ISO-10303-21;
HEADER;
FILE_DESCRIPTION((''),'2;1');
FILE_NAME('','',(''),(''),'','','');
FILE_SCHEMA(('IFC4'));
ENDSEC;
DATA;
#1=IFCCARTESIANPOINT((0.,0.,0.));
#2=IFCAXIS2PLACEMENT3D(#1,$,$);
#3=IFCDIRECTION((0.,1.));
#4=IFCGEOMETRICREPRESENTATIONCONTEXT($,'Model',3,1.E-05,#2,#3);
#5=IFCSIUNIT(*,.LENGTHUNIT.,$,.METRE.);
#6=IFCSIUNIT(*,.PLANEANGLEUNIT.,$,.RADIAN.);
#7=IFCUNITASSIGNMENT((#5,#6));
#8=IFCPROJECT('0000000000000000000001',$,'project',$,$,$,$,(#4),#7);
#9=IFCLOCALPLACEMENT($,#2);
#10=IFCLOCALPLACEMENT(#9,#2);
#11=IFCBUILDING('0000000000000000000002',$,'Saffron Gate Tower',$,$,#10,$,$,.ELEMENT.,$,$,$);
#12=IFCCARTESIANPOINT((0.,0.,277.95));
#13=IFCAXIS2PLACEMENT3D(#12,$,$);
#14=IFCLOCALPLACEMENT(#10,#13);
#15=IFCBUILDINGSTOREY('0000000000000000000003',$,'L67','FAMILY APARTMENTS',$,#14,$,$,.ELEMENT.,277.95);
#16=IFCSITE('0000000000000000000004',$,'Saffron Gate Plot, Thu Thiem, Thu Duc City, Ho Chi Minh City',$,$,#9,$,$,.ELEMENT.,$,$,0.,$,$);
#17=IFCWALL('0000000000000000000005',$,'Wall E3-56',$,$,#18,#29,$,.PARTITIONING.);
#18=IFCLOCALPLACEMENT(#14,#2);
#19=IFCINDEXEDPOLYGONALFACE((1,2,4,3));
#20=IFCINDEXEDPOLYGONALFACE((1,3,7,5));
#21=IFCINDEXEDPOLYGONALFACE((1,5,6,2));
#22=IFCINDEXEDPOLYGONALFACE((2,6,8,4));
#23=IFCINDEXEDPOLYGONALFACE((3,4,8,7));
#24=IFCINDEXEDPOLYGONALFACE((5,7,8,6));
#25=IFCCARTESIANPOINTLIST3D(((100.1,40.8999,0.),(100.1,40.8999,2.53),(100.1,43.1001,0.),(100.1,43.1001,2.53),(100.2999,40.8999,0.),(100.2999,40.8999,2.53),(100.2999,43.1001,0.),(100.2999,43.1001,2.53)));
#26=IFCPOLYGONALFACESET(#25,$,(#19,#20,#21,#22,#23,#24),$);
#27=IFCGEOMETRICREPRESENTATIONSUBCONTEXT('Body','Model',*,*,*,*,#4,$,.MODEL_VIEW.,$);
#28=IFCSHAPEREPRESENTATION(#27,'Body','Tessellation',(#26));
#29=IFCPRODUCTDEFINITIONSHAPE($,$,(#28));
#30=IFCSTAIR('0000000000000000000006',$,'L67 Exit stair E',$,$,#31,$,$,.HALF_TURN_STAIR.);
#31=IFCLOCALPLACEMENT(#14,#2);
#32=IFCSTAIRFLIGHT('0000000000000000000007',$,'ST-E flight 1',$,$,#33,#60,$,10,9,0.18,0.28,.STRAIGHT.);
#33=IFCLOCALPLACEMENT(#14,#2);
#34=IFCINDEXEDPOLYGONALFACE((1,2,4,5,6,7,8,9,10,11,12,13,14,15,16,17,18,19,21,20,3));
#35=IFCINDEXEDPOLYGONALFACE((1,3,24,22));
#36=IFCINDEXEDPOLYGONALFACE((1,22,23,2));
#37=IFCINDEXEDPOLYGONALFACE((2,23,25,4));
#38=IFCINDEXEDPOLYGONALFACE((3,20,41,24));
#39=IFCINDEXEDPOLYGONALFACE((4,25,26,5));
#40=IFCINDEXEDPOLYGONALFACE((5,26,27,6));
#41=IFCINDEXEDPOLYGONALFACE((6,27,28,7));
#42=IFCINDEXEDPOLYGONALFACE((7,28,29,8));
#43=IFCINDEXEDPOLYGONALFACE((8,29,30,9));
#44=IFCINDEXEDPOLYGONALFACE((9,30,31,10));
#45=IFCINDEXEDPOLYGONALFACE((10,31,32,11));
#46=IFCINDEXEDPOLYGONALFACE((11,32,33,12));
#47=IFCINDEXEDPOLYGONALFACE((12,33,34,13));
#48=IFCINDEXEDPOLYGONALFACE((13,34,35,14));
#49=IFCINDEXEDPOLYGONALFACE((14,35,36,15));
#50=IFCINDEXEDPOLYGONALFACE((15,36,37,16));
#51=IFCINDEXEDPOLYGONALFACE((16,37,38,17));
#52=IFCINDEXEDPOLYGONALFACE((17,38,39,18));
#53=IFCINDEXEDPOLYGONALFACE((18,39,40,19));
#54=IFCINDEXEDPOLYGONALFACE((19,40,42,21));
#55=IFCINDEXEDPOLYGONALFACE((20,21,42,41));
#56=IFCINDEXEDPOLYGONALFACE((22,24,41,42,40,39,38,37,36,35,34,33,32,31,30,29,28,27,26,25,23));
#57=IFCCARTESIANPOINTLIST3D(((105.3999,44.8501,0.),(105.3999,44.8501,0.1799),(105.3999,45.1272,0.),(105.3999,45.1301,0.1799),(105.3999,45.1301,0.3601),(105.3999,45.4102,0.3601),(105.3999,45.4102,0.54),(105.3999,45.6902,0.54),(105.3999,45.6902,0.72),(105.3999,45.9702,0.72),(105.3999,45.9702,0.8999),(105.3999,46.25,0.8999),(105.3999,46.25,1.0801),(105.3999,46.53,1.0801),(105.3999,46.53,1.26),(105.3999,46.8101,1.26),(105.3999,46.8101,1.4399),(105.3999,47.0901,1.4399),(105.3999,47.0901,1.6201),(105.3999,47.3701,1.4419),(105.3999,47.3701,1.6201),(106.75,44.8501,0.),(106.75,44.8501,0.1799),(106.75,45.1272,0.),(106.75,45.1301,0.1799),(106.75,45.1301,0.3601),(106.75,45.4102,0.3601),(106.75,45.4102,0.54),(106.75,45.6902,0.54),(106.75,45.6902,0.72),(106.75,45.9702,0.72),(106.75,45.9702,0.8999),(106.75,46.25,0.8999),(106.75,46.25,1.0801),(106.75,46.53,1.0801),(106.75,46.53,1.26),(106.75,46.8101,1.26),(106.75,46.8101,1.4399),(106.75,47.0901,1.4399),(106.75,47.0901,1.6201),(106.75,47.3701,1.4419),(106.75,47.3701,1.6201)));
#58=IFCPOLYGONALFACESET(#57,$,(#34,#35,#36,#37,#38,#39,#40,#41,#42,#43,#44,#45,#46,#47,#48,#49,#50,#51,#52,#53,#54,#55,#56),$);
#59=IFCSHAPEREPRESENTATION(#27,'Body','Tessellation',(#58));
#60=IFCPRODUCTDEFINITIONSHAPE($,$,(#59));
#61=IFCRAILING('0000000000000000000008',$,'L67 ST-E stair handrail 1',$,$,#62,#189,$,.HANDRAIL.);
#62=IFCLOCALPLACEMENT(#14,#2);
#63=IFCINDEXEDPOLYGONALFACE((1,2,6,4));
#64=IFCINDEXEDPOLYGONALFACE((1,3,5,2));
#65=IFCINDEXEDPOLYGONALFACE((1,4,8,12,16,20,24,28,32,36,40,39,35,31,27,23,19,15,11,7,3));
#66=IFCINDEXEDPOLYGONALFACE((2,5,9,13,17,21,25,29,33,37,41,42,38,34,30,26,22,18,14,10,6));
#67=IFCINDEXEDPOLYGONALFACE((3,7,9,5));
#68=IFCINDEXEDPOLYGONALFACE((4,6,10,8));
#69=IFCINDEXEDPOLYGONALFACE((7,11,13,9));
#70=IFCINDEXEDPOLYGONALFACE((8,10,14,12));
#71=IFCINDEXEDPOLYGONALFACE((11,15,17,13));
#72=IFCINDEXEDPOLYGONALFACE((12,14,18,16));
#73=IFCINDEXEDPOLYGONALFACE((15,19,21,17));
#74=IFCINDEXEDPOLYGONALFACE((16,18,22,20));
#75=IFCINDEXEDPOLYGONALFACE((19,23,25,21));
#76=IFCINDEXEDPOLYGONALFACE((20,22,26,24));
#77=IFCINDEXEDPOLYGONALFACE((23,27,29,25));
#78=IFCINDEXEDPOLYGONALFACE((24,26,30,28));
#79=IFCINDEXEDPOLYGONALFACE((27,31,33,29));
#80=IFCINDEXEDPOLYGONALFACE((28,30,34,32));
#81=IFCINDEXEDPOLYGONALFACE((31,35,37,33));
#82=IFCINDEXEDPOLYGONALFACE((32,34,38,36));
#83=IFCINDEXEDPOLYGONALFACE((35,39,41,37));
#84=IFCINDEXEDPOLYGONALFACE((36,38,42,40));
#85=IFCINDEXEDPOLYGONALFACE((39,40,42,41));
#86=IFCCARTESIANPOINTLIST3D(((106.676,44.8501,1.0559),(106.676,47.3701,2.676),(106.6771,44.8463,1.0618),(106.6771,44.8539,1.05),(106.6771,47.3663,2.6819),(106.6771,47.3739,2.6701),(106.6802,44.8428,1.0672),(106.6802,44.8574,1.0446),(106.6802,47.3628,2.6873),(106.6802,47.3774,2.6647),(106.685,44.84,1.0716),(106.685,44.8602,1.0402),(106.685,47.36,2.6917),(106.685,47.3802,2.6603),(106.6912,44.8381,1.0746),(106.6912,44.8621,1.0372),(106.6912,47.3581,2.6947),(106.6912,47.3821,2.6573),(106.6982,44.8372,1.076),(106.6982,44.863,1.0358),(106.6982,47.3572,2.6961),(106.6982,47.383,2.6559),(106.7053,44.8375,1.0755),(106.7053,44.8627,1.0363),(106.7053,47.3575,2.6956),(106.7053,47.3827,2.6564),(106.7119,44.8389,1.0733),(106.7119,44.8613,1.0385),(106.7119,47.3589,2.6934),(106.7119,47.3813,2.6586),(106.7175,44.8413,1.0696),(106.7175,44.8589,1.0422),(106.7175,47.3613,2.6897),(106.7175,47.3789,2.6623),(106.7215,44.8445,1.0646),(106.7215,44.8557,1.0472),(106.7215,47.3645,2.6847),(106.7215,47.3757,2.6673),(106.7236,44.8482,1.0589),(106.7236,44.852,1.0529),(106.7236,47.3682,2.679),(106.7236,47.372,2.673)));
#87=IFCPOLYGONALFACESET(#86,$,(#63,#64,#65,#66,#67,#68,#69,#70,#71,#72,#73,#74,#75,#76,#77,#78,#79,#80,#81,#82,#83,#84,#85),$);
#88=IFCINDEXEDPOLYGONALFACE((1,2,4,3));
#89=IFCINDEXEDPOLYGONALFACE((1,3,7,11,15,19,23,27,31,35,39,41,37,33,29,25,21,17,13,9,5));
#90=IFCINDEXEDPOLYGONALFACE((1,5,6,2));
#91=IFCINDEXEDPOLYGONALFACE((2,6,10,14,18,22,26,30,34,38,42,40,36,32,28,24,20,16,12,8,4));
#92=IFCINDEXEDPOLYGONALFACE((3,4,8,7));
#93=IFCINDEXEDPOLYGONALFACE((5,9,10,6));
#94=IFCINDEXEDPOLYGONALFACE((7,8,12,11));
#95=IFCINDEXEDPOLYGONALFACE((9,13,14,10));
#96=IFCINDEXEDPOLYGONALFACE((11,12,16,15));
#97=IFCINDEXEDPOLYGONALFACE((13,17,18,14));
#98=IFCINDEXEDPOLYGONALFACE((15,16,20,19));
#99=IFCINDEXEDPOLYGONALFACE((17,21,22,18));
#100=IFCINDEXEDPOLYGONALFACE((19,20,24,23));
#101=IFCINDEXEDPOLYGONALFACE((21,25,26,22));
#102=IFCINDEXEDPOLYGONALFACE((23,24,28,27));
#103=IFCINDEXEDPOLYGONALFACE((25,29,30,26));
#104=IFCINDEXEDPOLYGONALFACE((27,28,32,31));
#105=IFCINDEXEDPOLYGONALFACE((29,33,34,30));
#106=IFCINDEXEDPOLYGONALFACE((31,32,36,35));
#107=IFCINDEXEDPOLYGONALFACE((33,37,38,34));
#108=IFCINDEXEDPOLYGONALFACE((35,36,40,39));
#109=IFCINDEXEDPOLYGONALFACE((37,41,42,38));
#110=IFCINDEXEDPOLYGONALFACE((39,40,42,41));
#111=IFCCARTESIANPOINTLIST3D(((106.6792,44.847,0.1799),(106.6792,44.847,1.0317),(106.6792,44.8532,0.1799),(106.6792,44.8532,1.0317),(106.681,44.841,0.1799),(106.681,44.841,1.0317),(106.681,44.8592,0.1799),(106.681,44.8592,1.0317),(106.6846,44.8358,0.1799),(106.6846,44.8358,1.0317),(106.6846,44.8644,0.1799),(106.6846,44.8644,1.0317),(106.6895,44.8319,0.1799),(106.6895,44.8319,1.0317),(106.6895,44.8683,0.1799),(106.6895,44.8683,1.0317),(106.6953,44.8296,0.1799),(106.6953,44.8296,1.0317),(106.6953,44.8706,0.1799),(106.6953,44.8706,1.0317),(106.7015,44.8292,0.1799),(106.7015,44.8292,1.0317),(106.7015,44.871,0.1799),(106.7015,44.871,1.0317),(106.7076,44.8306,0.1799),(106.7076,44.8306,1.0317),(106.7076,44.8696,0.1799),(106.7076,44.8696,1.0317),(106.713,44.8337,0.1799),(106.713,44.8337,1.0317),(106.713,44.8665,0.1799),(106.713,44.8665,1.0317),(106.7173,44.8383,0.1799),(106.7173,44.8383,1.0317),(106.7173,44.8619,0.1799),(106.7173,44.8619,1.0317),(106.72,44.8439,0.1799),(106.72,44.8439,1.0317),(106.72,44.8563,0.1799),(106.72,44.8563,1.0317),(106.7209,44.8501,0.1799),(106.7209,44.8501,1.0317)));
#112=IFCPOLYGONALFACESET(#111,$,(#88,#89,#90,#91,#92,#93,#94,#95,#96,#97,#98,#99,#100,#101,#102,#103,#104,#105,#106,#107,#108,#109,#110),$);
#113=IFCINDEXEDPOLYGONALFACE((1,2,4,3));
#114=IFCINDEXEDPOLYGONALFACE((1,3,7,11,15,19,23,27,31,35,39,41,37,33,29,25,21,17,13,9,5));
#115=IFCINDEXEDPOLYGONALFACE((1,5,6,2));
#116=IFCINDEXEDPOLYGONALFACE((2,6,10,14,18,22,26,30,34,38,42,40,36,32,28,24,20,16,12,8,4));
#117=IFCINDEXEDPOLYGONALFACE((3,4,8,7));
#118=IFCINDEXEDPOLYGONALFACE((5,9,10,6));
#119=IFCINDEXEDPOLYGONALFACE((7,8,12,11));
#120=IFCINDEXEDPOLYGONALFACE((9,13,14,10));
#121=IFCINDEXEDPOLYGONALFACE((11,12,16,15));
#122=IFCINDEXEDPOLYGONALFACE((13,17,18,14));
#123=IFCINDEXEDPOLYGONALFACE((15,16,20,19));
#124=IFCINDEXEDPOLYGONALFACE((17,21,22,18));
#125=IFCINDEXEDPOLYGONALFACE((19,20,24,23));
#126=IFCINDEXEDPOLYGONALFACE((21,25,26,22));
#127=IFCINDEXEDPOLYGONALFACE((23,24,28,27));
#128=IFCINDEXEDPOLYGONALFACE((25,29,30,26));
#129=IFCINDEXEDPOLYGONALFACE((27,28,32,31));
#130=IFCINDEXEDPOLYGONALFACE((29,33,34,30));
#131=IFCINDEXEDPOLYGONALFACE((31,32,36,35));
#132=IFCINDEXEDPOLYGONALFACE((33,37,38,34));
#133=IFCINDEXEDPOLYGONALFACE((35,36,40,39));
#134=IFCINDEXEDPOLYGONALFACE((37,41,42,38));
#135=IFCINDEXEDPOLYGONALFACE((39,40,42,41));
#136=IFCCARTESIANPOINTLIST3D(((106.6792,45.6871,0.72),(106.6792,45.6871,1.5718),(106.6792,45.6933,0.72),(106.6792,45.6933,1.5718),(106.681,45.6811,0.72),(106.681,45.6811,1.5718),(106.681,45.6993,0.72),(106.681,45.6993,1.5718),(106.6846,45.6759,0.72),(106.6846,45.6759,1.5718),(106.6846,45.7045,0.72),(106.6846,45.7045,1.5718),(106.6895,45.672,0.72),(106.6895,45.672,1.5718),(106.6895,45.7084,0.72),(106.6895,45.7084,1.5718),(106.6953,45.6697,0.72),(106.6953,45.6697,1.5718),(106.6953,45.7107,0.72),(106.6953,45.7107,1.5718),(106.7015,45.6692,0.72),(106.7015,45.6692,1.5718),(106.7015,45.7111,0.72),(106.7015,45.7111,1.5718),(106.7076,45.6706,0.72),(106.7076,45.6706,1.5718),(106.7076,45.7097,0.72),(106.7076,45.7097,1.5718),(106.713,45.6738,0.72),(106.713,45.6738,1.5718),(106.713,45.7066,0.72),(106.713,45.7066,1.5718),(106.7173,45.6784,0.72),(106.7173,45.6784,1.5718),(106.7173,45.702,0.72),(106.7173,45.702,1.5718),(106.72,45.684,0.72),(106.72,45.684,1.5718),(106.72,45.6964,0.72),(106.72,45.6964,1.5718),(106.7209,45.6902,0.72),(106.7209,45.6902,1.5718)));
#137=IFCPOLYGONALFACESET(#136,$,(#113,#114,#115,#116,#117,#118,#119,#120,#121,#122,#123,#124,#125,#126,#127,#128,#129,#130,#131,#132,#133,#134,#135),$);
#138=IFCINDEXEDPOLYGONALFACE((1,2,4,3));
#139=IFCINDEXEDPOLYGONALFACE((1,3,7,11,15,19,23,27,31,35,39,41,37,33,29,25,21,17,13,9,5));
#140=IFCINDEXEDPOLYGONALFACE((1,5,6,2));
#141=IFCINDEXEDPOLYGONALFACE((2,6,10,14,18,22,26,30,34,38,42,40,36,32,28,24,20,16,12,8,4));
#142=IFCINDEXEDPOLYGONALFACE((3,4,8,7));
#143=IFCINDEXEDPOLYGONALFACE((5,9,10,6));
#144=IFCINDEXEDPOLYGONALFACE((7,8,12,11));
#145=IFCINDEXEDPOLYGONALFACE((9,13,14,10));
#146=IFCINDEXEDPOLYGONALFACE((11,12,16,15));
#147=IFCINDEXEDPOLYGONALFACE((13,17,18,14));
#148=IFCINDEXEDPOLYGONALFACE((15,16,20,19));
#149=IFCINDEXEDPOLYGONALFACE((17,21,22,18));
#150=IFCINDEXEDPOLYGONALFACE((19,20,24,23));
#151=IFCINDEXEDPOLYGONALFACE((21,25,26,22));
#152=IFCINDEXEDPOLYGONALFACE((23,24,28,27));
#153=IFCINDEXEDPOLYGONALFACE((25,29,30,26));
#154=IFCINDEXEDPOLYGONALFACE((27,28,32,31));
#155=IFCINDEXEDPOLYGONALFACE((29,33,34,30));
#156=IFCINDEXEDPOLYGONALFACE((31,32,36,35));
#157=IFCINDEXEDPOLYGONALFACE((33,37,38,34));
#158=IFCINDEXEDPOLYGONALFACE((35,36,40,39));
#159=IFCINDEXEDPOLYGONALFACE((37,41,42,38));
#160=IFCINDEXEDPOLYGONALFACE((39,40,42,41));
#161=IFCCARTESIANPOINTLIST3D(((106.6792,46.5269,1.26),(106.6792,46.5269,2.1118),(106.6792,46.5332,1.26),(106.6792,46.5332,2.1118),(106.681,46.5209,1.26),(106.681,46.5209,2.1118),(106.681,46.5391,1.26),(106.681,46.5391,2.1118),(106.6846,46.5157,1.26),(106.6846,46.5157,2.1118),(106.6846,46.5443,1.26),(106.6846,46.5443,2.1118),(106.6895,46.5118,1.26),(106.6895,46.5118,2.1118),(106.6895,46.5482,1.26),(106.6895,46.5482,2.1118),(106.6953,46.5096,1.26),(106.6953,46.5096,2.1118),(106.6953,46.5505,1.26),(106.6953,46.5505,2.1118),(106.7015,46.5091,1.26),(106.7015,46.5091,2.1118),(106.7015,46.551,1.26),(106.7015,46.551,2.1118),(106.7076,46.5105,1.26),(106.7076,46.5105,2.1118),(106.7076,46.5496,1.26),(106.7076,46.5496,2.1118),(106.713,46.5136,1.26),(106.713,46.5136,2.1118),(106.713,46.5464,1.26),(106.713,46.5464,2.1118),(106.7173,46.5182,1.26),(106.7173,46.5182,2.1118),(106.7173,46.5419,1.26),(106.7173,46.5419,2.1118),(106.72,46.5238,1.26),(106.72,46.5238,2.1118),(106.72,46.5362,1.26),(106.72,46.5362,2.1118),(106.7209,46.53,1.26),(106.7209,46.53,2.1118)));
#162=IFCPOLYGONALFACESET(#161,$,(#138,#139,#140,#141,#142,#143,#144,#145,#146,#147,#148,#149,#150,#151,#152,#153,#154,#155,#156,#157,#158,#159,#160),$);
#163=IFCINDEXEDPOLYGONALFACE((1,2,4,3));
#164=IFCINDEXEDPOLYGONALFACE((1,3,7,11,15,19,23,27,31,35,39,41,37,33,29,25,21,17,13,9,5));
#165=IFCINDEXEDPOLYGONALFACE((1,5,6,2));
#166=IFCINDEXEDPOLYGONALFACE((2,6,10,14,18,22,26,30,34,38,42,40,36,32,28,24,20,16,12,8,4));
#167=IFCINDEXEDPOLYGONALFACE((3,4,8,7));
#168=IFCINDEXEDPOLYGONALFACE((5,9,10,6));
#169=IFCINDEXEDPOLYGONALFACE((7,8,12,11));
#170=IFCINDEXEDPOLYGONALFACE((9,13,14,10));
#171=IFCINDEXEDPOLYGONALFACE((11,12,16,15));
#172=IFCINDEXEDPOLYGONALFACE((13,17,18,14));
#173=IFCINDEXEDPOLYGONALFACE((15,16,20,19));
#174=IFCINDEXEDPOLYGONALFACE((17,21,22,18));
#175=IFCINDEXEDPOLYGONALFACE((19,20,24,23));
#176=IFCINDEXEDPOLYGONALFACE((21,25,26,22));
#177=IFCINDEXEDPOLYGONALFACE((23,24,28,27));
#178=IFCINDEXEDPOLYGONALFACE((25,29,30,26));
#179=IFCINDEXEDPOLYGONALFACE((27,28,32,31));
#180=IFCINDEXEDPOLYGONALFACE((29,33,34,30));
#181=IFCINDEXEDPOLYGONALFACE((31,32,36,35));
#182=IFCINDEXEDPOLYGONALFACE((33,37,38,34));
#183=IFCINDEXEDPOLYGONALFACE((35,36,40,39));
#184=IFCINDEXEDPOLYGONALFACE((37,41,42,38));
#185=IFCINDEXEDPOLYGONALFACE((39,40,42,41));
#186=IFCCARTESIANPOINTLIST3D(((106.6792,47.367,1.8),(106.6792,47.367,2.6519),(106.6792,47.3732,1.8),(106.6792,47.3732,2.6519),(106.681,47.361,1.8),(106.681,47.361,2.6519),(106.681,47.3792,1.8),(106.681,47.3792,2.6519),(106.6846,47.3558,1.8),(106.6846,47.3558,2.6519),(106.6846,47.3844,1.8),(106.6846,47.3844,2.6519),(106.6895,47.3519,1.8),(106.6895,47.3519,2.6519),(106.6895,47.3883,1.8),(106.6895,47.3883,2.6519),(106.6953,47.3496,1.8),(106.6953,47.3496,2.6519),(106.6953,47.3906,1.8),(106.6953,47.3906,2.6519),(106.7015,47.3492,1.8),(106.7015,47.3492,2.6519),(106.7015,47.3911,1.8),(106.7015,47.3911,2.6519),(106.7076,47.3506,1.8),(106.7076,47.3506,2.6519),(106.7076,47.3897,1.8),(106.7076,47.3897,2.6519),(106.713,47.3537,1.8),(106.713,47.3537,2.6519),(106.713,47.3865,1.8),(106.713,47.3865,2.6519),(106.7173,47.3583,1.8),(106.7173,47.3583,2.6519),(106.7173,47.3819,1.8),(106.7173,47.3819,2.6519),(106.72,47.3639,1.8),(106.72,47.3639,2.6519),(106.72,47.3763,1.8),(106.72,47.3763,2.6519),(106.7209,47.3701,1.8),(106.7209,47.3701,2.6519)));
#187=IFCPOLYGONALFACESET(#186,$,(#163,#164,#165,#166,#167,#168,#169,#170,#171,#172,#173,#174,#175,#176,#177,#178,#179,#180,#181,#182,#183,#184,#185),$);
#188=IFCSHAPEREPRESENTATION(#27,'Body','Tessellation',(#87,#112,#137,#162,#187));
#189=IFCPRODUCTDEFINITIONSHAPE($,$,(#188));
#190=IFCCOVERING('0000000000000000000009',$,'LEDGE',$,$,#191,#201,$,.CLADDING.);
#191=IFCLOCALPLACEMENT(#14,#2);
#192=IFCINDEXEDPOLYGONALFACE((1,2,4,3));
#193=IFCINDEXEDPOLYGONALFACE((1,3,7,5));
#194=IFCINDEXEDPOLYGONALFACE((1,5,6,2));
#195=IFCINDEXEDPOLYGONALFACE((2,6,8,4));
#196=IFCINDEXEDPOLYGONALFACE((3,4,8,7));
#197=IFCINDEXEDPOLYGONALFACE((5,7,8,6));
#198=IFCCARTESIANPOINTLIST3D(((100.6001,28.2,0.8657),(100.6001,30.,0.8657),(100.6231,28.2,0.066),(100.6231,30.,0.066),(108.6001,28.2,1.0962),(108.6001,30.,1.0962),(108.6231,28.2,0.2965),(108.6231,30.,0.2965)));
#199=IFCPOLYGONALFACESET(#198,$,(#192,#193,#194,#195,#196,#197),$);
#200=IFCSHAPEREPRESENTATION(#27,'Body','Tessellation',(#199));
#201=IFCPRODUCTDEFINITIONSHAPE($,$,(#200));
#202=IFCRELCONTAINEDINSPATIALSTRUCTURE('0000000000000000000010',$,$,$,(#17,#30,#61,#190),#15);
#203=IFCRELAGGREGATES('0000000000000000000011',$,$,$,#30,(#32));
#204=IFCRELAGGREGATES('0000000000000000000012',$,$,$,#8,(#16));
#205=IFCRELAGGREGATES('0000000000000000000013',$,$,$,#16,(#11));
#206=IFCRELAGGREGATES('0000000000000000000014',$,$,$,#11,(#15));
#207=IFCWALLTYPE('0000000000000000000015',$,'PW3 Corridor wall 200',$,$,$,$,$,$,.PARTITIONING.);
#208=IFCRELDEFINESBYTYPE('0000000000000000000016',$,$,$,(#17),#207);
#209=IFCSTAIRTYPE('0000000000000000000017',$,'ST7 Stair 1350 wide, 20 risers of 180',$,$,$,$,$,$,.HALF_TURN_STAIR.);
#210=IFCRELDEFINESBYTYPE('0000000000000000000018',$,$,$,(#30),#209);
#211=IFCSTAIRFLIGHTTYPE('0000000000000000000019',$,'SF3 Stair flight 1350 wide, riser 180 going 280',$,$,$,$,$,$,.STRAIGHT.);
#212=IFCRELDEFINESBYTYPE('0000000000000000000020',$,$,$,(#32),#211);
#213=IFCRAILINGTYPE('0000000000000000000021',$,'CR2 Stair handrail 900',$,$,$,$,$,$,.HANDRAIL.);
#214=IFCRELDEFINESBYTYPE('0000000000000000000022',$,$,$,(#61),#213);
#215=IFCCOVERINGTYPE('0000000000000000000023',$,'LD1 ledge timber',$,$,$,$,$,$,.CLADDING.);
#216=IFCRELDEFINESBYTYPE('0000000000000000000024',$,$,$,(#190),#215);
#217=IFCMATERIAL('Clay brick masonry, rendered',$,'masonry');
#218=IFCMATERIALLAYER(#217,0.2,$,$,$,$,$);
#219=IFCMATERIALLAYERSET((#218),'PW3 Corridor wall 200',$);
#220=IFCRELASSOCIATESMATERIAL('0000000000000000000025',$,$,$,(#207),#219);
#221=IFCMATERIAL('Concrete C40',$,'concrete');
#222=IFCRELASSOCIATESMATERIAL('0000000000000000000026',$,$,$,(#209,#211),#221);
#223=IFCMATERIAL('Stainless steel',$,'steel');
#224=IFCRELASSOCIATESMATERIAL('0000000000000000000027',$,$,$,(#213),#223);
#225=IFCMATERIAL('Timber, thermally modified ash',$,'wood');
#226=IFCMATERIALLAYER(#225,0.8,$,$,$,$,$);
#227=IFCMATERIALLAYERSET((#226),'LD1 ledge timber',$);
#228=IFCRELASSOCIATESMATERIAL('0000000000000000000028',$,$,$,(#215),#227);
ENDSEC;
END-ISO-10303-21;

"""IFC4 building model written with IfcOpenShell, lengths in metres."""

from ifc_helpers import new_model, si_unit, direction, frame, frame_2d, origin, origin_2d, place, context, subcontext, project, spatial, polyline, rectangle, circle, outline, extrude, material, layer, layer_set, type_object, element, aggregate, save


model = new_model("IFC4")

# Units and contexts
model_context = context("Model", 3, precision=1e-05, world=origin(), true_north=direction((0.0, 1.0)))
body_context = subcontext(model_context, "Body", "Model", "MODEL_VIEW")
ifc_project = project(units=[si_unit("LENGTHUNIT", "METRE"), si_unit("PLANEANGLEUNIT", "RADIAN")], contexts=[model_context])

# Site, building, storey
site_placement = place(None, origin())
site = spatial("IfcSite", under=ifc_project, at=site_placement, Name="Saffron Gate Plot, Thu Thiem, Thu Duc City, Ho Chi Minh City", CompositionType="ELEMENT", RefElevation=0.0)
building_placement = place(site_placement, origin())
building = spatial("IfcBuilding", under=site, at=building_placement, Name="Saffron Gate Tower", CompositionType="ELEMENT")
storey_placement = place(building_placement, frame((0.0, 0.0, 277.95)))
storey = spatial("IfcBuildingStorey", under=building, at=storey_placement, Name="L67", Description="FAMILY APARTMENTS", CompositionType="ELEMENT", Elevation=277.95)

# Shared definitions
ifc_material_1 = material(Name="Concrete C40", Category="concrete")

# Shared definitions
ifc_material_2 = material(Name="Clay brick masonry, rendered", Category="masonry")

# Shared definitions
ifc_layer_1 = layer(ifc_material_2, 0.2)
ifc_layer_set_1 = layer_set([ifc_layer_1], Name="PW3 Corridor wall 200")
wall_type_1 = type_object("IfcWallType", Name="PW3 Corridor wall 200", PredefinedType="PARTITIONING", material=ifc_layer_set_1)

# Wall
wall_1_placement = place(storey_placement, frame((100.2, 43.1001, 0.0), z_axis=(0.0, 0.0, 1.0), x_axis=(0.0, -1.0, 0.0)))
element("IfcWall", 1, at=wall_1_placement, inside=storey, type_object=wall_type_1, Name="Wall E3-56", PredefinedType="PARTITIONING", context=body_context, shape_type="SweptSolid", body=[
    extrude(rectangle(XDim=2.2002, YDim=0.2, at=frame_2d((1.1001, 0.0))), origin(), (0.0, 0.0, 1.0), 2.53),
])

# Stair, stair flight
stair_type = type_object("IfcStairType", Name="ST7 Stair 1350 wide, 20 risers of 180", PredefinedType="HALF_TURN_STAIR", material=ifc_material_1)
stair_placement = place(storey_placement, origin())
stair = element("IfcStair", 2, at=stair_placement, inside=storey, type_object=stair_type, Name="L67 Exit stair E", PredefinedType="HALF_TURN_STAIR")
stair_flight_type = type_object("IfcStairFlightType", Name="SF3 Stair flight 1350 wide, riser 180 going 280", PredefinedType="STRAIGHT", material=ifc_material_1)
stair_flight_placement = place(storey_placement, frame((106.075, 44.8501, 0.0), z_axis=(0.0, 0.0, 1.0), x_axis=(0.0, 1.0, 0.0)))
stair_flight = element("IfcStairFlight", 3, at=stair_flight_placement, type_object=stair_flight_type, Name="ST-E flight 1", NumberOfRisers=10, NumberOfTreads=9, PredefinedType="STRAIGHT", RiserHeight=0.18, TreadLength=0.28, context=body_context, shape_type="SweptSolid", body=[
    extrude(outline(polyline([(0.0, 0.0), (0.0, 0.1799), (0.28, 0.1799), (0.28, 0.3601), (0.5601, 0.3601), (0.5601, 0.54), (0.8401, 0.54), (0.8401, 0.72), (1.1201, 0.72), (1.1201, 0.8999), (1.3999, 0.8999), (1.3999, 1.0801), (1.6799, 1.0801), (1.6799, 1.26), (1.96, 1.26), (1.96, 1.4399), (2.24, 1.4399), (2.24, 1.6201), (2.52, 1.6201), (2.52, 1.8), (2.52, 1.4419), (0.2771, 0.0), (0.0, 0.0)])), frame((0.0, 0.675, 0.0), z_axis=(0.0, -1.0, 0.0), x_axis=(1.0, 0.0, 0.0)), (0.0, 0.0, 1.0), 1.3501),
])
aggregate(stair, [stair_flight])

# Railing
ifc_material_3 = material(Name="Stainless steel", Category="steel")
railing_type_1 = type_object("IfcRailingType", Name="CR2 Stair handrail 900", PredefinedType="HANDRAIL", material=ifc_material_3)
railing_1_placement = place(storey_placement, frame((106.7, 44.8501, 0.1799)))
element("IfcRailing", 4, at=railing_1_placement, inside=storey, type_object=railing_type_1, Name="L67 ST-E stair handrail 1", PredefinedType="HANDRAIL", context=body_context, shape_type="SweptSolid", body=[
    extrude(circle(Radius=0.0239, at=origin_2d()), frame((0.0, 0.0, 0.876), z_axis=(0.0, 0.841163, 0.540782), x_axis=(-1.0, 0.0, 0.0)), (0.0, 0.0, 1.0), 2.9958),
    extrude(circle(Radius=0.021, at=origin_2d()), origin(), (0.0, 0.0, 1.0), 0.8518),
    extrude(circle(Radius=0.021, at=origin_2d()), frame((0.0, 0.8401, 0.54)), (0.0, 0.0, 1.0), 0.8518),
    extrude(circle(Radius=0.021, at=origin_2d()), frame((0.0, 1.6799, 1.0801)), (0.0, 0.0, 1.0), 0.8518),
    extrude(circle(Radius=0.021, at=origin_2d()), frame((0.0, 2.52, 1.6201)), (0.0, 0.0, 1.0), 0.8518),
])

# Covering
ifc_material_4 = material(Name="Timber, thermally modified ash", Category="wood")
ifc_layer_2 = layer(ifc_material_4, 0.8)
ifc_layer_set_2 = layer_set([ifc_layer_2], Name="LD1 ledge timber")
covering_type_1 = type_object("IfcCoveringType", Name="LD1 ledge timber", PredefinedType="CLADDING", material=ifc_layer_set_2)
covering_1_placement = place(storey_placement, frame((100.6001, 30.0, 0.8657), z_axis=(-0.028797, 0.0, 0.999585), x_axis=(0.999585, 0.0, 0.028797)))
element("IfcCovering", 5, at=covering_1_placement, inside=storey, type_object=covering_type_1, Name="LEDGE", PredefinedType="CLADDING", context=body_context, shape_type="SweptSolid", body=[
    extrude(outline(polyline([(0.0, 0.0), (8.0033, 0.0), (8.0033, -1.8), (0.0, -1.8), (0.0, 0.0)])), origin(), (0.0, 0.0, -1.0), 0.8),
])

save(model, "model.ifc")
